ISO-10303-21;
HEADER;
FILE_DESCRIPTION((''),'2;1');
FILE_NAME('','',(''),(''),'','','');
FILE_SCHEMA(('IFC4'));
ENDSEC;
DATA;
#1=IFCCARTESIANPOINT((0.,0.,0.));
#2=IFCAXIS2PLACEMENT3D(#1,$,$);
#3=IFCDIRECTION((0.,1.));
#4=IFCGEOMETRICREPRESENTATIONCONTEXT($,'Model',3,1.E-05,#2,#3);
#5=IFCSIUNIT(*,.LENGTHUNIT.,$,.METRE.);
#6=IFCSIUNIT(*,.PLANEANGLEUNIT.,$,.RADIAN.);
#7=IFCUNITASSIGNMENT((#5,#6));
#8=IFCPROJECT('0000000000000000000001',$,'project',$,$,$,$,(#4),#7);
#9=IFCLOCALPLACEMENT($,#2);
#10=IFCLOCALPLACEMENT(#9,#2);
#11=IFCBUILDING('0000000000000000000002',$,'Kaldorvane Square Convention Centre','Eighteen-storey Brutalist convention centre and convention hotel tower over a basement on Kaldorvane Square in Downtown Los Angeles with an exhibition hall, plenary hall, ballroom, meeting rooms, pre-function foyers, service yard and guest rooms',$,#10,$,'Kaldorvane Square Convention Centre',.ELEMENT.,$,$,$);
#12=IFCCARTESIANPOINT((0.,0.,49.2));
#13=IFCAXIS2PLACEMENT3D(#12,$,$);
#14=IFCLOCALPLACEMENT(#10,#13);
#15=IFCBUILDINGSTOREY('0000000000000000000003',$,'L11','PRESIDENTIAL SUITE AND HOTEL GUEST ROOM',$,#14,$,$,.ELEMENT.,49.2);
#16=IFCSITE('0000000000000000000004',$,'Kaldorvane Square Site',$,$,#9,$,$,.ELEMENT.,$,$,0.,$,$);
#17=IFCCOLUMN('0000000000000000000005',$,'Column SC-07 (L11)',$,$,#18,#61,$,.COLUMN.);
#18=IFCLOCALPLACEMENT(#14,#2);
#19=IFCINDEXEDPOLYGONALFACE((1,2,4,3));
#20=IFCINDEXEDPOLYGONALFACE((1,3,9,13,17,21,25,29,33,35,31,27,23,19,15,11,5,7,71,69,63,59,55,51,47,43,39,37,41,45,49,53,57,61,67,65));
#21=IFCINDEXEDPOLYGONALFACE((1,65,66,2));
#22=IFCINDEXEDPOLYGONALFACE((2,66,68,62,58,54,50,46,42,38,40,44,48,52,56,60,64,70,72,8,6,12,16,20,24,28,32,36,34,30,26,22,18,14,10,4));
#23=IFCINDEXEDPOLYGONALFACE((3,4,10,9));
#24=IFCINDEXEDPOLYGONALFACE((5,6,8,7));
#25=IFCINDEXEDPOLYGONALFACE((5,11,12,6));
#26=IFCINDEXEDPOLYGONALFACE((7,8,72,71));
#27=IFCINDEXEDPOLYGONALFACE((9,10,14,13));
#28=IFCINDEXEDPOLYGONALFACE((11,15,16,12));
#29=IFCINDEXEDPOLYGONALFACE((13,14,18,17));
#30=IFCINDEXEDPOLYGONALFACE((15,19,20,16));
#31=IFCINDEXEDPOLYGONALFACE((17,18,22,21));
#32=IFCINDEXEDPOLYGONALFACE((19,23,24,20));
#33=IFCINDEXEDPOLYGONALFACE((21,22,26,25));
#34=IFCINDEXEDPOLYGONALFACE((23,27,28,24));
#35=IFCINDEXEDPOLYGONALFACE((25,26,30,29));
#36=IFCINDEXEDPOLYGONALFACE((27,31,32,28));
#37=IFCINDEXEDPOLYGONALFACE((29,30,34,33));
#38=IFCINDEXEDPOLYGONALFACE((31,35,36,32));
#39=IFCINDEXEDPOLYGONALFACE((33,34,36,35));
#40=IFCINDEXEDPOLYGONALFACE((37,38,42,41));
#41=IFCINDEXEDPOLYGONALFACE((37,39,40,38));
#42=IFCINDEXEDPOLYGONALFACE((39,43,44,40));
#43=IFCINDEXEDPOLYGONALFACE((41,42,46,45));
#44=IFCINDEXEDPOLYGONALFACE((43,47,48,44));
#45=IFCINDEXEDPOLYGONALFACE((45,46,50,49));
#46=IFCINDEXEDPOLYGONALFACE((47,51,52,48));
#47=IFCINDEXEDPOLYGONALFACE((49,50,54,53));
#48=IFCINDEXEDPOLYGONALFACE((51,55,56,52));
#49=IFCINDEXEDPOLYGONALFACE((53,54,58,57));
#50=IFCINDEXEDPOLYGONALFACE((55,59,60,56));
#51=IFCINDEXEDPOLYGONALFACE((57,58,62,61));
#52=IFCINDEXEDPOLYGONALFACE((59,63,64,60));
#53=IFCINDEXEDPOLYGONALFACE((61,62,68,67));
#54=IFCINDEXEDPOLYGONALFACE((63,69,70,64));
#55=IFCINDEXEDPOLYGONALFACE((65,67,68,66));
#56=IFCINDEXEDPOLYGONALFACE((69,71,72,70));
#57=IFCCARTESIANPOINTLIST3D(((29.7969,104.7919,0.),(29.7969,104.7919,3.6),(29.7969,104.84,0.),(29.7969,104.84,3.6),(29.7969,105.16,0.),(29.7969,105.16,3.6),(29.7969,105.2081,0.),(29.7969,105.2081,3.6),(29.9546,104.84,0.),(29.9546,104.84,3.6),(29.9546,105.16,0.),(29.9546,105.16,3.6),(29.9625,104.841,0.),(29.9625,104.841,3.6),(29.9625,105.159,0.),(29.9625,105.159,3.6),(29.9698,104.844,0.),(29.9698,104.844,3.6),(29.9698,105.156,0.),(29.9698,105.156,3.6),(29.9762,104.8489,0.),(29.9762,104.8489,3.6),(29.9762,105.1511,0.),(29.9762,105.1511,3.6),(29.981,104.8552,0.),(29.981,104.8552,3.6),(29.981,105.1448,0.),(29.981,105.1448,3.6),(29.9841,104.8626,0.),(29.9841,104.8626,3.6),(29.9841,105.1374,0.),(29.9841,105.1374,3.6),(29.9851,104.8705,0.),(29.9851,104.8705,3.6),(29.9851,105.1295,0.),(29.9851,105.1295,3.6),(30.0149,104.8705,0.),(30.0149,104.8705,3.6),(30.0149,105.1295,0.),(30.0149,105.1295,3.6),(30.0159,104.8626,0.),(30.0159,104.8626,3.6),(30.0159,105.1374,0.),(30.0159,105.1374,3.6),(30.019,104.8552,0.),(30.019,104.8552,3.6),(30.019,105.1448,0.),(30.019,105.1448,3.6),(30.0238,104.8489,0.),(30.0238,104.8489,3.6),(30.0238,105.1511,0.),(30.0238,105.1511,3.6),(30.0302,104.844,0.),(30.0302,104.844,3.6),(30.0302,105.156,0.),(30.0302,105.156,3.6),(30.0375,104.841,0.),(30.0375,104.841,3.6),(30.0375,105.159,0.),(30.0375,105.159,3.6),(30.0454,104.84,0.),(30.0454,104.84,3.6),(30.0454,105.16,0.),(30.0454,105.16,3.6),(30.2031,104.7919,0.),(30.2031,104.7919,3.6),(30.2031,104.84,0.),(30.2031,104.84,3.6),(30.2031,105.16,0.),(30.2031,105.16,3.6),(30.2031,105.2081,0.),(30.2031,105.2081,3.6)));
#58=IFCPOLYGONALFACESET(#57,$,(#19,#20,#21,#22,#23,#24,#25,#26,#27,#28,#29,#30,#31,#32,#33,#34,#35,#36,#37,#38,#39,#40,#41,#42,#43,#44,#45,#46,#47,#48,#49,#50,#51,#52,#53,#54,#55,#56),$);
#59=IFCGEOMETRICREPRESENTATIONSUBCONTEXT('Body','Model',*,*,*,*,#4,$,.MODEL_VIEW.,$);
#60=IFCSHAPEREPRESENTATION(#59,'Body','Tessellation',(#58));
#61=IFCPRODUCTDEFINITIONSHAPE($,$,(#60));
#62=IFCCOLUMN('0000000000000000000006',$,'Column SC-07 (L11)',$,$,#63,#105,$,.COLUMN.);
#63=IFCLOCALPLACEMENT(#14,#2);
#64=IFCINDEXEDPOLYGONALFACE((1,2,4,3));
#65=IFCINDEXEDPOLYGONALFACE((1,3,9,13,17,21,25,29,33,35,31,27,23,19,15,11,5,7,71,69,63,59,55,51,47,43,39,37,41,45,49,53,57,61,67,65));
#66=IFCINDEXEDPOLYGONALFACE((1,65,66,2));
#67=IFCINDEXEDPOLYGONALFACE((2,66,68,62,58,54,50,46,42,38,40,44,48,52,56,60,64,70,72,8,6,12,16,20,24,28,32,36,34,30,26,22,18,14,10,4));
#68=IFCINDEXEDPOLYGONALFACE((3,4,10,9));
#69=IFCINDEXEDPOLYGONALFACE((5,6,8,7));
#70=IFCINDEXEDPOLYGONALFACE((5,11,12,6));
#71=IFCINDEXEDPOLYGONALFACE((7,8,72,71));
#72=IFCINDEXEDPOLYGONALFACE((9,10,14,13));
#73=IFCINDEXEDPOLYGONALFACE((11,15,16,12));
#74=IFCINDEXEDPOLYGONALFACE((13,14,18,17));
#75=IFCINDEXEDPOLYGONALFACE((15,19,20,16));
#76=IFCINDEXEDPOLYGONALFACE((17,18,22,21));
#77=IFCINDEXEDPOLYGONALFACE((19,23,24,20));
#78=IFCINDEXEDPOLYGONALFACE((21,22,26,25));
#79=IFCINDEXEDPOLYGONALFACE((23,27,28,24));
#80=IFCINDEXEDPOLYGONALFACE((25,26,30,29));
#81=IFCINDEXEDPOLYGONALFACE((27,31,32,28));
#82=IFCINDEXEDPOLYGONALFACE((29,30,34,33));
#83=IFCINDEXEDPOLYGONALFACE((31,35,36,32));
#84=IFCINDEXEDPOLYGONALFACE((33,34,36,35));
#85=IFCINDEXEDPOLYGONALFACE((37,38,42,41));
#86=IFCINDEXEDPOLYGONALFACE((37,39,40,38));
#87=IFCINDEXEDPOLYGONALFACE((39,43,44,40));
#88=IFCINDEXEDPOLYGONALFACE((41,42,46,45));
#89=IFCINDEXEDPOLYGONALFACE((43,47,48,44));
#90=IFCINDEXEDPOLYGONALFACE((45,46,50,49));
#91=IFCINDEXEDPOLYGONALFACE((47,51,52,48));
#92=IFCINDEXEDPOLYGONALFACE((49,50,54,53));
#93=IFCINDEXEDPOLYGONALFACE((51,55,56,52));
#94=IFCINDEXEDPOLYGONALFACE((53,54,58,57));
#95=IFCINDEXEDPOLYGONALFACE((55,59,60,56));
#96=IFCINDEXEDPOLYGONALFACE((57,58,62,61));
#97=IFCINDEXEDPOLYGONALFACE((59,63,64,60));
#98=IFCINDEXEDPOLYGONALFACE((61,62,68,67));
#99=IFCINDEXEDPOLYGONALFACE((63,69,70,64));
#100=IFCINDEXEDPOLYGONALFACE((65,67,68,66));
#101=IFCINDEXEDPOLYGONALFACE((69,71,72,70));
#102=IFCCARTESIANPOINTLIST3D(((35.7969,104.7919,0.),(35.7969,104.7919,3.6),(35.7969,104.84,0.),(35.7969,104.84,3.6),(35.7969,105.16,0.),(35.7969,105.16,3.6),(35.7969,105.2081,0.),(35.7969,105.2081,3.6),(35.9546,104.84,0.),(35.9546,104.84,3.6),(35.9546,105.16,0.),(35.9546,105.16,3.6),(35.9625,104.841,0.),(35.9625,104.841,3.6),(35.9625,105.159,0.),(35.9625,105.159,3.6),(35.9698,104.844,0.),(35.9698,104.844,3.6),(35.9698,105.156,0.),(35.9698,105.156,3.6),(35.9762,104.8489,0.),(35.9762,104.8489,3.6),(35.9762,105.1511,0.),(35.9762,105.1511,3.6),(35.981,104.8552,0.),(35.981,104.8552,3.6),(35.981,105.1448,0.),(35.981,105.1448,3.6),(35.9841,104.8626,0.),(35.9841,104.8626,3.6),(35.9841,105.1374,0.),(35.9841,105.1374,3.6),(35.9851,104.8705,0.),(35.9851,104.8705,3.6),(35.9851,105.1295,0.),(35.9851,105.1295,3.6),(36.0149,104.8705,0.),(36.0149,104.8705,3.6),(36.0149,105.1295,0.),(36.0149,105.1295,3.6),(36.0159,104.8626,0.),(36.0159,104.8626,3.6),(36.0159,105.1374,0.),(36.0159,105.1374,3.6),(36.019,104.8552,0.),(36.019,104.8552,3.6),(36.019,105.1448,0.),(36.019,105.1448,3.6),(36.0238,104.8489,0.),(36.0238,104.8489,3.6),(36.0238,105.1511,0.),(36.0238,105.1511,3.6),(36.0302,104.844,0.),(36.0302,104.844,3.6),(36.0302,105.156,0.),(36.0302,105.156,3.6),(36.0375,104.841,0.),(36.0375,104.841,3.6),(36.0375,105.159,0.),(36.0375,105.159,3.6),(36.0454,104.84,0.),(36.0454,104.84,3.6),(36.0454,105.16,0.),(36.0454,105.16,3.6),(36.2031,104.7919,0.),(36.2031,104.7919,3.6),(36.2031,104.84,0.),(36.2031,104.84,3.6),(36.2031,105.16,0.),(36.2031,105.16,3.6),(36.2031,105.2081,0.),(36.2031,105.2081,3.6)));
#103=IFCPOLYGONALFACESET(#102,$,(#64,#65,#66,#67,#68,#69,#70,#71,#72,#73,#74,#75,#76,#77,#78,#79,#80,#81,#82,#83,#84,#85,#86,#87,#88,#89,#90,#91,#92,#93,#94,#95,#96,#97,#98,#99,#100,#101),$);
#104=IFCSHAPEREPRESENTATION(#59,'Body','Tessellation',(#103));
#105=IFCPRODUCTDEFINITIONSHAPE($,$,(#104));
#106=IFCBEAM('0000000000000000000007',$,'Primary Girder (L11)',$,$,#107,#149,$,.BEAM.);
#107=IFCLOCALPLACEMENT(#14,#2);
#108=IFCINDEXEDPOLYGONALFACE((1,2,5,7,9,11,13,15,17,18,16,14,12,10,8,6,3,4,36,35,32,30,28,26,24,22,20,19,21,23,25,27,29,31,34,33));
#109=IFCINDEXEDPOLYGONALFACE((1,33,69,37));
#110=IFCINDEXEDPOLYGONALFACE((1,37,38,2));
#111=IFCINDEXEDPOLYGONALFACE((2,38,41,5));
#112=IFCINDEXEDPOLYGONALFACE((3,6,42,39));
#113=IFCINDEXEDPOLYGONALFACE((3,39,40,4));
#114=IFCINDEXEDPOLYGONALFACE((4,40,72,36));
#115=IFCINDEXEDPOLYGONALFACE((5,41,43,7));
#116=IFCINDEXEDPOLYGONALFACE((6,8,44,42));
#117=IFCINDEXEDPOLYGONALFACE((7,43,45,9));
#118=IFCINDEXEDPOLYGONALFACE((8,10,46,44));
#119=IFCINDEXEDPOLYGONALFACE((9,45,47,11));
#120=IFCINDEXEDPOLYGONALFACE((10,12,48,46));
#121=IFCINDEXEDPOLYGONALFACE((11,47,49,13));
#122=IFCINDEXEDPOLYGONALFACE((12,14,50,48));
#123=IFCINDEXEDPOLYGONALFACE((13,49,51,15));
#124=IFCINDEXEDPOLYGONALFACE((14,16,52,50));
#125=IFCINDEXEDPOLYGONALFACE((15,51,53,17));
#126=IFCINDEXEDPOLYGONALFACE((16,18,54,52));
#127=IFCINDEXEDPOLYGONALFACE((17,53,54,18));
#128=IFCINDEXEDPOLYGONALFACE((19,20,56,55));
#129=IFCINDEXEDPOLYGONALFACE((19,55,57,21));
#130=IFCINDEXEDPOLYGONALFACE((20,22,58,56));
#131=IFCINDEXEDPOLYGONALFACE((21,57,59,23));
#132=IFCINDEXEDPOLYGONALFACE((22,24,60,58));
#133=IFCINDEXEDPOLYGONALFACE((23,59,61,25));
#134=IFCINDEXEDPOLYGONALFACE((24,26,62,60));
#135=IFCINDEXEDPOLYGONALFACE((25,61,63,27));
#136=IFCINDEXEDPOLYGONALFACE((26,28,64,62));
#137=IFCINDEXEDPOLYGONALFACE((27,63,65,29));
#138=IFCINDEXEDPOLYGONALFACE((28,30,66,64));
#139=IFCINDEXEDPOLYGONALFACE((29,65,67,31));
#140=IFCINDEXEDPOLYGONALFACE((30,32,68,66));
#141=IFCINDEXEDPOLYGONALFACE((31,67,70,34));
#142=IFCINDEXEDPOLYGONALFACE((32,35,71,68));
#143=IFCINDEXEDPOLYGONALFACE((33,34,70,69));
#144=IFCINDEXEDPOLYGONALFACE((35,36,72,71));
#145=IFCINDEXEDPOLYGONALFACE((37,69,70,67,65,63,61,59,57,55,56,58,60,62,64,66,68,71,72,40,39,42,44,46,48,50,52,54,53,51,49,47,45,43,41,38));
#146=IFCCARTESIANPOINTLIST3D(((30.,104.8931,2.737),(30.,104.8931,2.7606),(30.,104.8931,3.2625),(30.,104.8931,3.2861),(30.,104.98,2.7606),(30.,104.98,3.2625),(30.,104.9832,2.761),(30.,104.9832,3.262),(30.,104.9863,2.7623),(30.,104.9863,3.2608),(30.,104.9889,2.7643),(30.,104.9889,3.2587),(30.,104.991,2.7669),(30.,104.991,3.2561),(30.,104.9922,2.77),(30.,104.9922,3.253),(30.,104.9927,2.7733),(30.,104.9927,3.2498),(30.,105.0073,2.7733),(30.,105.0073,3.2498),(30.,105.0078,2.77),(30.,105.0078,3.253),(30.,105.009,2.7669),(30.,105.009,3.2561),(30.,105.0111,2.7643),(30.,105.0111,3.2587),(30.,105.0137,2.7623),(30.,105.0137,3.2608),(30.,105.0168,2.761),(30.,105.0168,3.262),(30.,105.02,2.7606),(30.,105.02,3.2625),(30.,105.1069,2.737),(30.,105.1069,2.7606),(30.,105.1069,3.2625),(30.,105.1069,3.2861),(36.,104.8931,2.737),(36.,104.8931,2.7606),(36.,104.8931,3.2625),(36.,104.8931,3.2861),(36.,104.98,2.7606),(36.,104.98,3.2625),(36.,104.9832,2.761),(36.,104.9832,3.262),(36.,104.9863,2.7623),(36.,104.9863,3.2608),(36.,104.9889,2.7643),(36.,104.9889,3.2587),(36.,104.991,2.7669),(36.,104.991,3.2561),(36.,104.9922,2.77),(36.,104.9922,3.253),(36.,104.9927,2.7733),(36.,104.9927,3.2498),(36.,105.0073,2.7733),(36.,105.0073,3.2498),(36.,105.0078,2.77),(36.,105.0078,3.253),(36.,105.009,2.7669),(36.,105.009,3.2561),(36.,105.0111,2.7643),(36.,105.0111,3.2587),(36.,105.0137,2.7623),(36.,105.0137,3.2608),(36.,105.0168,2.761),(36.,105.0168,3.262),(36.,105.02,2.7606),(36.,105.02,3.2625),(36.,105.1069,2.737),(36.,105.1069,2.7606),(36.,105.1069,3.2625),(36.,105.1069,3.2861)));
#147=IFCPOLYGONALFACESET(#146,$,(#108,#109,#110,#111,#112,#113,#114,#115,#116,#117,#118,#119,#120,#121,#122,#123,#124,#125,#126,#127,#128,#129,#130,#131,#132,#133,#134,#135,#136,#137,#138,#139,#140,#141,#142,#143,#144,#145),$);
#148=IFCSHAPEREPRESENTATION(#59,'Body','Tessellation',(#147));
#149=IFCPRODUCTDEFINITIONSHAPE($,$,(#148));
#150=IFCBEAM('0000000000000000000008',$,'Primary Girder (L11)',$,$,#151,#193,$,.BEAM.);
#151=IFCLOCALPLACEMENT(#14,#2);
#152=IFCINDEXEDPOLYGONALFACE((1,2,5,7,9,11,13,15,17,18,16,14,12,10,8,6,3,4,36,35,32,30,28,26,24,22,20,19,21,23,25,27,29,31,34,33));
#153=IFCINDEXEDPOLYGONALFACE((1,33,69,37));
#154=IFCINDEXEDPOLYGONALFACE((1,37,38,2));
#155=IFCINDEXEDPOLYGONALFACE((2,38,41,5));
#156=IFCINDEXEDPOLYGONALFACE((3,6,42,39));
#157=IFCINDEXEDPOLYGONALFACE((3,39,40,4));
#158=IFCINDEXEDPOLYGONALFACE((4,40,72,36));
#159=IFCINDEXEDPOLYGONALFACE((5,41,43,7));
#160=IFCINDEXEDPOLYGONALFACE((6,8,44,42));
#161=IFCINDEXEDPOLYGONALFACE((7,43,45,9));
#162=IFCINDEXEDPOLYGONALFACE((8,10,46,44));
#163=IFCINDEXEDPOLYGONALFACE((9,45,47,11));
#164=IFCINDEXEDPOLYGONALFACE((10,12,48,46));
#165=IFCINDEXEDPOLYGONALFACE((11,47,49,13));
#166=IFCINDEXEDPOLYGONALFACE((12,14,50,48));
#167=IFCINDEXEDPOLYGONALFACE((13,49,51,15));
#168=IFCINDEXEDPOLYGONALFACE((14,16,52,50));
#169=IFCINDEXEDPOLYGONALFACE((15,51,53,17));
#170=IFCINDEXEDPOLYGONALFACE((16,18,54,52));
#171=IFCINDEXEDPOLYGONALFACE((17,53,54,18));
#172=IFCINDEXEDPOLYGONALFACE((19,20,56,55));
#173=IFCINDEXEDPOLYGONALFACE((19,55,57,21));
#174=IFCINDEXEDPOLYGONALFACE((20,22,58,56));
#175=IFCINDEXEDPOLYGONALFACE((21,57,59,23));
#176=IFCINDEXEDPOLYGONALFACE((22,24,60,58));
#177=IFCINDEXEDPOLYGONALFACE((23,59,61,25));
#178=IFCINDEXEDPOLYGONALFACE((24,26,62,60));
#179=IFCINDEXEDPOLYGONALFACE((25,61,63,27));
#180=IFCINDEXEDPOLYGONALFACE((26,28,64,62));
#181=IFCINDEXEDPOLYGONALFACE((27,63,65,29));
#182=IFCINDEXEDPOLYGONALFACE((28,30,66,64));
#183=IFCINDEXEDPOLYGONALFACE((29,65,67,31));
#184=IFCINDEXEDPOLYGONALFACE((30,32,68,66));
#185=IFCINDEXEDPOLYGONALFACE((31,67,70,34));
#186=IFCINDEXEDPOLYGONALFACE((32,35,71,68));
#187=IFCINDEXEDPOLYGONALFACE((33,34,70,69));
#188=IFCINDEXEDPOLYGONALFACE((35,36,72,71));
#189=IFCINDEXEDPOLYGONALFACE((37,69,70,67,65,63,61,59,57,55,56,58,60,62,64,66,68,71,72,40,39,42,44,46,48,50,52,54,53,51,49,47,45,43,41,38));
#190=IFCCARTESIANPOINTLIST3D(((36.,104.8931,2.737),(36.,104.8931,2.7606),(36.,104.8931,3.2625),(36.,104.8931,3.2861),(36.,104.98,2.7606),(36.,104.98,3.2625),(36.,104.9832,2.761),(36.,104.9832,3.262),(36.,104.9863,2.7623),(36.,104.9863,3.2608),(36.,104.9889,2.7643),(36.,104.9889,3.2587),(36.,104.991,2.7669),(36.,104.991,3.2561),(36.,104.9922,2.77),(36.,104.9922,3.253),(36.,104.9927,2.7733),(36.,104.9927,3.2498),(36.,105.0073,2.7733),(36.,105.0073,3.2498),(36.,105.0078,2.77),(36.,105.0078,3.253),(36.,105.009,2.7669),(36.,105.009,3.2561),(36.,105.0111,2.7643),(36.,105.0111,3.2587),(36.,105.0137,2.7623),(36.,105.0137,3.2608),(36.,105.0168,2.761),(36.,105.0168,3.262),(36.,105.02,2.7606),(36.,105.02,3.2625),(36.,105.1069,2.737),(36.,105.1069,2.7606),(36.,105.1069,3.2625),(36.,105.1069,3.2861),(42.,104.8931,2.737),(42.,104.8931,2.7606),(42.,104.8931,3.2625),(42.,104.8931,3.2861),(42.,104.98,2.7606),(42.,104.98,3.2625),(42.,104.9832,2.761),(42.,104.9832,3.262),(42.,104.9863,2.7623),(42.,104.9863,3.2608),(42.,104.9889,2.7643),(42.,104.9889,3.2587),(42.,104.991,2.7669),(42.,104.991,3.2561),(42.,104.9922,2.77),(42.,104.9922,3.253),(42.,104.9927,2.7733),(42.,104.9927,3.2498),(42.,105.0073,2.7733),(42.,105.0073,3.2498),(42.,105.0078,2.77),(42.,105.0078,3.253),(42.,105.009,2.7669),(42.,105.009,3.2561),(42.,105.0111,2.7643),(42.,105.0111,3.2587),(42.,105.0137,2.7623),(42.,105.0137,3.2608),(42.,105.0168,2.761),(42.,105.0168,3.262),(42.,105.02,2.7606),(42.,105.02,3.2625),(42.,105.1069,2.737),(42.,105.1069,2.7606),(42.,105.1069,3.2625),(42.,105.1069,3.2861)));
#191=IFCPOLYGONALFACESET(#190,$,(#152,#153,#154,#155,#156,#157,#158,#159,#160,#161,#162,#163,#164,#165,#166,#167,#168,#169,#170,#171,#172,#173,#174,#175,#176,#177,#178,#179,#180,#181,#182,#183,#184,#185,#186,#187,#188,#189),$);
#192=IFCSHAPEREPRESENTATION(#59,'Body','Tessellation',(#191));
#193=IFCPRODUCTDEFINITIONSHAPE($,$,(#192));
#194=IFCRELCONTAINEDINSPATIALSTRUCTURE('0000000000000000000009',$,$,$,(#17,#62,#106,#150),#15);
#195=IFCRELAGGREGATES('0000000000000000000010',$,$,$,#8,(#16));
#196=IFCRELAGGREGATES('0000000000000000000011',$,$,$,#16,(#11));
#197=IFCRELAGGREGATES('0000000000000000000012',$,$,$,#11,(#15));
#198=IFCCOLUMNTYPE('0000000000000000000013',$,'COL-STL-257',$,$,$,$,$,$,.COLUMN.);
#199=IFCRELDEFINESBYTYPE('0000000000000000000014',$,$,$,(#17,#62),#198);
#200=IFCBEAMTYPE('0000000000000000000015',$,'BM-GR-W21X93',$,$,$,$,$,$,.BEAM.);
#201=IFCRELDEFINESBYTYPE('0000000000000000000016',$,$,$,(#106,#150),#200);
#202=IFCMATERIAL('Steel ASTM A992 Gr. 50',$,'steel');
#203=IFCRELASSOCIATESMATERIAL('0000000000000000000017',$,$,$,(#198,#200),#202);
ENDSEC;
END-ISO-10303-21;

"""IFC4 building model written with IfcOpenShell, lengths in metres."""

from ifc_helpers import new_model, si_unit, direction, frame, origin, origin_2d, place, context, subcontext, project, spatial, i_section, extrude, material, material_profile, profile_set, type_object, element, save


model = new_model("IFC4")

# Units and contexts
model_context = context("Model", 3, precision=1e-05, world=origin(), true_north=direction((0.0, 1.0)))
body_context = subcontext(model_context, "Body", "Model", "MODEL_VIEW")
ifc_project = project(units=[si_unit("LENGTHUNIT", "METRE"), si_unit("PLANEANGLEUNIT", "RADIAN")], contexts=[model_context])

# Site, building, storey
site_placement = place(None, origin())
site = spatial("IfcSite", under=ifc_project, at=site_placement, Name="Kaldorvane Square Site", CompositionType="ELEMENT", RefElevation=0.0)
building_placement = place(site_placement, origin())
building = spatial("IfcBuilding", under=site, at=building_placement, Name="Kaldorvane Square Convention Centre", Description="Eighteen-storey Brutalist convention centre and convention hotel tower over a basement on Kaldorvane Square in Downtown Los Angeles with an exhibition hall, plenary hall, ballroom, meeting rooms, pre-function foyers, service yard and guest rooms", LongName="Kaldorvane Square Convention Centre", CompositionType="ELEMENT")
storey_placement = place(building_placement, frame((0.0, 0.0, 49.2)))
storey = spatial("IfcBuildingStorey", under=building, at=storey_placement, Name="L11", Description="PRESIDENTIAL SUITE AND HOTEL GUEST ROOM", CompositionType="ELEMENT", Elevation=49.2)

# Columns
ifc_material_1 = material(Name="Steel ASTM A992 Gr. 50", Category="steel")
ifc_material_profile_1 = material_profile(ifc_material_1, i_section(OverallWidth=0.4063, OverallDepth=0.4161, WebThickness=0.0298, FlangeThickness=0.048, FilletRadius=0.0305, at=origin_2d()), Name="W14X257")
ifc_profile_set_1 = profile_set([ifc_material_profile_1], Name="Steel ASTM A992 Gr. 50")
column_type = type_object("IfcColumnType", Name="COL-STL-257", PredefinedType="COLUMN", material=ifc_profile_set_1)
for number, where, z_axis, x_axis, name in (
    (1, (30.0, 105.0, 0.0), (0.0, 0.0, 1.0), (1.0, 0.0, 0.0), "Column SC-07 (L11)"),
    (2, (36.0, 105.0, 0.0), (0.0, 0.0, 1.0), (1.0, 0.0, 0.0), "Column SC-07 (L11)"),
):
    element("IfcColumn", number, at=place(storey_placement, frame(where, z_axis=z_axis, x_axis=x_axis)), inside=storey, type_object=column_type, Name=name, PredefinedType="COLUMN", context=body_context, shape_type="SweptSolid", body=[
        extrude(i_section(OverallWidth=0.4063, OverallDepth=0.4161, WebThickness=0.0298, FlangeThickness=0.048, FilletRadius=0.0305, at=origin_2d()), origin(), (0.0, 0.0, 1.0), 3.6),
    ])

# Beams
ifc_material_profile_2 = material_profile(ifc_material_1, i_section(OverallWidth=0.2139, OverallDepth=0.5491, WebThickness=0.0147, FlangeThickness=0.0236, FilletRadius=0.0127, at=origin_2d()), Name="W21X93")
ifc_profile_set_2 = profile_set([ifc_material_profile_2], Name="Steel ASTM A992 Gr. 50")
beam_type_1 = type_object("IfcBeamType", Name="BM-GR-W21X93", PredefinedType="BEAM", material=ifc_profile_set_2)
for number, where, z_axis, x_axis, name in (
    (3, (30.0, 105.0, 3.0115), (1.0, 0.0, 0.0), (0.0, 1.0, 0.0), "Primary Girder (L11)"),
    (4, (36.0, 105.0, 3.0115), (1.0, 0.0, 0.0), (0.0, 1.0, 0.0), "Primary Girder (L11)"),
):
    element("IfcBeam", number, at=place(storey_placement, frame(where, z_axis=z_axis, x_axis=x_axis)), inside=storey, type_object=beam_type_1, Name=name, PredefinedType="BEAM", context=body_context, shape_type="SweptSolid", body=[
        extrude(i_section(OverallWidth=0.2139, OverallDepth=0.5491, WebThickness=0.0147, FlangeThickness=0.0236, FilletRadius=0.0127, at=origin_2d()), origin(), (0.0, 0.0, 1.0), 6.0),
    ])

save(model, "model.ifc")
